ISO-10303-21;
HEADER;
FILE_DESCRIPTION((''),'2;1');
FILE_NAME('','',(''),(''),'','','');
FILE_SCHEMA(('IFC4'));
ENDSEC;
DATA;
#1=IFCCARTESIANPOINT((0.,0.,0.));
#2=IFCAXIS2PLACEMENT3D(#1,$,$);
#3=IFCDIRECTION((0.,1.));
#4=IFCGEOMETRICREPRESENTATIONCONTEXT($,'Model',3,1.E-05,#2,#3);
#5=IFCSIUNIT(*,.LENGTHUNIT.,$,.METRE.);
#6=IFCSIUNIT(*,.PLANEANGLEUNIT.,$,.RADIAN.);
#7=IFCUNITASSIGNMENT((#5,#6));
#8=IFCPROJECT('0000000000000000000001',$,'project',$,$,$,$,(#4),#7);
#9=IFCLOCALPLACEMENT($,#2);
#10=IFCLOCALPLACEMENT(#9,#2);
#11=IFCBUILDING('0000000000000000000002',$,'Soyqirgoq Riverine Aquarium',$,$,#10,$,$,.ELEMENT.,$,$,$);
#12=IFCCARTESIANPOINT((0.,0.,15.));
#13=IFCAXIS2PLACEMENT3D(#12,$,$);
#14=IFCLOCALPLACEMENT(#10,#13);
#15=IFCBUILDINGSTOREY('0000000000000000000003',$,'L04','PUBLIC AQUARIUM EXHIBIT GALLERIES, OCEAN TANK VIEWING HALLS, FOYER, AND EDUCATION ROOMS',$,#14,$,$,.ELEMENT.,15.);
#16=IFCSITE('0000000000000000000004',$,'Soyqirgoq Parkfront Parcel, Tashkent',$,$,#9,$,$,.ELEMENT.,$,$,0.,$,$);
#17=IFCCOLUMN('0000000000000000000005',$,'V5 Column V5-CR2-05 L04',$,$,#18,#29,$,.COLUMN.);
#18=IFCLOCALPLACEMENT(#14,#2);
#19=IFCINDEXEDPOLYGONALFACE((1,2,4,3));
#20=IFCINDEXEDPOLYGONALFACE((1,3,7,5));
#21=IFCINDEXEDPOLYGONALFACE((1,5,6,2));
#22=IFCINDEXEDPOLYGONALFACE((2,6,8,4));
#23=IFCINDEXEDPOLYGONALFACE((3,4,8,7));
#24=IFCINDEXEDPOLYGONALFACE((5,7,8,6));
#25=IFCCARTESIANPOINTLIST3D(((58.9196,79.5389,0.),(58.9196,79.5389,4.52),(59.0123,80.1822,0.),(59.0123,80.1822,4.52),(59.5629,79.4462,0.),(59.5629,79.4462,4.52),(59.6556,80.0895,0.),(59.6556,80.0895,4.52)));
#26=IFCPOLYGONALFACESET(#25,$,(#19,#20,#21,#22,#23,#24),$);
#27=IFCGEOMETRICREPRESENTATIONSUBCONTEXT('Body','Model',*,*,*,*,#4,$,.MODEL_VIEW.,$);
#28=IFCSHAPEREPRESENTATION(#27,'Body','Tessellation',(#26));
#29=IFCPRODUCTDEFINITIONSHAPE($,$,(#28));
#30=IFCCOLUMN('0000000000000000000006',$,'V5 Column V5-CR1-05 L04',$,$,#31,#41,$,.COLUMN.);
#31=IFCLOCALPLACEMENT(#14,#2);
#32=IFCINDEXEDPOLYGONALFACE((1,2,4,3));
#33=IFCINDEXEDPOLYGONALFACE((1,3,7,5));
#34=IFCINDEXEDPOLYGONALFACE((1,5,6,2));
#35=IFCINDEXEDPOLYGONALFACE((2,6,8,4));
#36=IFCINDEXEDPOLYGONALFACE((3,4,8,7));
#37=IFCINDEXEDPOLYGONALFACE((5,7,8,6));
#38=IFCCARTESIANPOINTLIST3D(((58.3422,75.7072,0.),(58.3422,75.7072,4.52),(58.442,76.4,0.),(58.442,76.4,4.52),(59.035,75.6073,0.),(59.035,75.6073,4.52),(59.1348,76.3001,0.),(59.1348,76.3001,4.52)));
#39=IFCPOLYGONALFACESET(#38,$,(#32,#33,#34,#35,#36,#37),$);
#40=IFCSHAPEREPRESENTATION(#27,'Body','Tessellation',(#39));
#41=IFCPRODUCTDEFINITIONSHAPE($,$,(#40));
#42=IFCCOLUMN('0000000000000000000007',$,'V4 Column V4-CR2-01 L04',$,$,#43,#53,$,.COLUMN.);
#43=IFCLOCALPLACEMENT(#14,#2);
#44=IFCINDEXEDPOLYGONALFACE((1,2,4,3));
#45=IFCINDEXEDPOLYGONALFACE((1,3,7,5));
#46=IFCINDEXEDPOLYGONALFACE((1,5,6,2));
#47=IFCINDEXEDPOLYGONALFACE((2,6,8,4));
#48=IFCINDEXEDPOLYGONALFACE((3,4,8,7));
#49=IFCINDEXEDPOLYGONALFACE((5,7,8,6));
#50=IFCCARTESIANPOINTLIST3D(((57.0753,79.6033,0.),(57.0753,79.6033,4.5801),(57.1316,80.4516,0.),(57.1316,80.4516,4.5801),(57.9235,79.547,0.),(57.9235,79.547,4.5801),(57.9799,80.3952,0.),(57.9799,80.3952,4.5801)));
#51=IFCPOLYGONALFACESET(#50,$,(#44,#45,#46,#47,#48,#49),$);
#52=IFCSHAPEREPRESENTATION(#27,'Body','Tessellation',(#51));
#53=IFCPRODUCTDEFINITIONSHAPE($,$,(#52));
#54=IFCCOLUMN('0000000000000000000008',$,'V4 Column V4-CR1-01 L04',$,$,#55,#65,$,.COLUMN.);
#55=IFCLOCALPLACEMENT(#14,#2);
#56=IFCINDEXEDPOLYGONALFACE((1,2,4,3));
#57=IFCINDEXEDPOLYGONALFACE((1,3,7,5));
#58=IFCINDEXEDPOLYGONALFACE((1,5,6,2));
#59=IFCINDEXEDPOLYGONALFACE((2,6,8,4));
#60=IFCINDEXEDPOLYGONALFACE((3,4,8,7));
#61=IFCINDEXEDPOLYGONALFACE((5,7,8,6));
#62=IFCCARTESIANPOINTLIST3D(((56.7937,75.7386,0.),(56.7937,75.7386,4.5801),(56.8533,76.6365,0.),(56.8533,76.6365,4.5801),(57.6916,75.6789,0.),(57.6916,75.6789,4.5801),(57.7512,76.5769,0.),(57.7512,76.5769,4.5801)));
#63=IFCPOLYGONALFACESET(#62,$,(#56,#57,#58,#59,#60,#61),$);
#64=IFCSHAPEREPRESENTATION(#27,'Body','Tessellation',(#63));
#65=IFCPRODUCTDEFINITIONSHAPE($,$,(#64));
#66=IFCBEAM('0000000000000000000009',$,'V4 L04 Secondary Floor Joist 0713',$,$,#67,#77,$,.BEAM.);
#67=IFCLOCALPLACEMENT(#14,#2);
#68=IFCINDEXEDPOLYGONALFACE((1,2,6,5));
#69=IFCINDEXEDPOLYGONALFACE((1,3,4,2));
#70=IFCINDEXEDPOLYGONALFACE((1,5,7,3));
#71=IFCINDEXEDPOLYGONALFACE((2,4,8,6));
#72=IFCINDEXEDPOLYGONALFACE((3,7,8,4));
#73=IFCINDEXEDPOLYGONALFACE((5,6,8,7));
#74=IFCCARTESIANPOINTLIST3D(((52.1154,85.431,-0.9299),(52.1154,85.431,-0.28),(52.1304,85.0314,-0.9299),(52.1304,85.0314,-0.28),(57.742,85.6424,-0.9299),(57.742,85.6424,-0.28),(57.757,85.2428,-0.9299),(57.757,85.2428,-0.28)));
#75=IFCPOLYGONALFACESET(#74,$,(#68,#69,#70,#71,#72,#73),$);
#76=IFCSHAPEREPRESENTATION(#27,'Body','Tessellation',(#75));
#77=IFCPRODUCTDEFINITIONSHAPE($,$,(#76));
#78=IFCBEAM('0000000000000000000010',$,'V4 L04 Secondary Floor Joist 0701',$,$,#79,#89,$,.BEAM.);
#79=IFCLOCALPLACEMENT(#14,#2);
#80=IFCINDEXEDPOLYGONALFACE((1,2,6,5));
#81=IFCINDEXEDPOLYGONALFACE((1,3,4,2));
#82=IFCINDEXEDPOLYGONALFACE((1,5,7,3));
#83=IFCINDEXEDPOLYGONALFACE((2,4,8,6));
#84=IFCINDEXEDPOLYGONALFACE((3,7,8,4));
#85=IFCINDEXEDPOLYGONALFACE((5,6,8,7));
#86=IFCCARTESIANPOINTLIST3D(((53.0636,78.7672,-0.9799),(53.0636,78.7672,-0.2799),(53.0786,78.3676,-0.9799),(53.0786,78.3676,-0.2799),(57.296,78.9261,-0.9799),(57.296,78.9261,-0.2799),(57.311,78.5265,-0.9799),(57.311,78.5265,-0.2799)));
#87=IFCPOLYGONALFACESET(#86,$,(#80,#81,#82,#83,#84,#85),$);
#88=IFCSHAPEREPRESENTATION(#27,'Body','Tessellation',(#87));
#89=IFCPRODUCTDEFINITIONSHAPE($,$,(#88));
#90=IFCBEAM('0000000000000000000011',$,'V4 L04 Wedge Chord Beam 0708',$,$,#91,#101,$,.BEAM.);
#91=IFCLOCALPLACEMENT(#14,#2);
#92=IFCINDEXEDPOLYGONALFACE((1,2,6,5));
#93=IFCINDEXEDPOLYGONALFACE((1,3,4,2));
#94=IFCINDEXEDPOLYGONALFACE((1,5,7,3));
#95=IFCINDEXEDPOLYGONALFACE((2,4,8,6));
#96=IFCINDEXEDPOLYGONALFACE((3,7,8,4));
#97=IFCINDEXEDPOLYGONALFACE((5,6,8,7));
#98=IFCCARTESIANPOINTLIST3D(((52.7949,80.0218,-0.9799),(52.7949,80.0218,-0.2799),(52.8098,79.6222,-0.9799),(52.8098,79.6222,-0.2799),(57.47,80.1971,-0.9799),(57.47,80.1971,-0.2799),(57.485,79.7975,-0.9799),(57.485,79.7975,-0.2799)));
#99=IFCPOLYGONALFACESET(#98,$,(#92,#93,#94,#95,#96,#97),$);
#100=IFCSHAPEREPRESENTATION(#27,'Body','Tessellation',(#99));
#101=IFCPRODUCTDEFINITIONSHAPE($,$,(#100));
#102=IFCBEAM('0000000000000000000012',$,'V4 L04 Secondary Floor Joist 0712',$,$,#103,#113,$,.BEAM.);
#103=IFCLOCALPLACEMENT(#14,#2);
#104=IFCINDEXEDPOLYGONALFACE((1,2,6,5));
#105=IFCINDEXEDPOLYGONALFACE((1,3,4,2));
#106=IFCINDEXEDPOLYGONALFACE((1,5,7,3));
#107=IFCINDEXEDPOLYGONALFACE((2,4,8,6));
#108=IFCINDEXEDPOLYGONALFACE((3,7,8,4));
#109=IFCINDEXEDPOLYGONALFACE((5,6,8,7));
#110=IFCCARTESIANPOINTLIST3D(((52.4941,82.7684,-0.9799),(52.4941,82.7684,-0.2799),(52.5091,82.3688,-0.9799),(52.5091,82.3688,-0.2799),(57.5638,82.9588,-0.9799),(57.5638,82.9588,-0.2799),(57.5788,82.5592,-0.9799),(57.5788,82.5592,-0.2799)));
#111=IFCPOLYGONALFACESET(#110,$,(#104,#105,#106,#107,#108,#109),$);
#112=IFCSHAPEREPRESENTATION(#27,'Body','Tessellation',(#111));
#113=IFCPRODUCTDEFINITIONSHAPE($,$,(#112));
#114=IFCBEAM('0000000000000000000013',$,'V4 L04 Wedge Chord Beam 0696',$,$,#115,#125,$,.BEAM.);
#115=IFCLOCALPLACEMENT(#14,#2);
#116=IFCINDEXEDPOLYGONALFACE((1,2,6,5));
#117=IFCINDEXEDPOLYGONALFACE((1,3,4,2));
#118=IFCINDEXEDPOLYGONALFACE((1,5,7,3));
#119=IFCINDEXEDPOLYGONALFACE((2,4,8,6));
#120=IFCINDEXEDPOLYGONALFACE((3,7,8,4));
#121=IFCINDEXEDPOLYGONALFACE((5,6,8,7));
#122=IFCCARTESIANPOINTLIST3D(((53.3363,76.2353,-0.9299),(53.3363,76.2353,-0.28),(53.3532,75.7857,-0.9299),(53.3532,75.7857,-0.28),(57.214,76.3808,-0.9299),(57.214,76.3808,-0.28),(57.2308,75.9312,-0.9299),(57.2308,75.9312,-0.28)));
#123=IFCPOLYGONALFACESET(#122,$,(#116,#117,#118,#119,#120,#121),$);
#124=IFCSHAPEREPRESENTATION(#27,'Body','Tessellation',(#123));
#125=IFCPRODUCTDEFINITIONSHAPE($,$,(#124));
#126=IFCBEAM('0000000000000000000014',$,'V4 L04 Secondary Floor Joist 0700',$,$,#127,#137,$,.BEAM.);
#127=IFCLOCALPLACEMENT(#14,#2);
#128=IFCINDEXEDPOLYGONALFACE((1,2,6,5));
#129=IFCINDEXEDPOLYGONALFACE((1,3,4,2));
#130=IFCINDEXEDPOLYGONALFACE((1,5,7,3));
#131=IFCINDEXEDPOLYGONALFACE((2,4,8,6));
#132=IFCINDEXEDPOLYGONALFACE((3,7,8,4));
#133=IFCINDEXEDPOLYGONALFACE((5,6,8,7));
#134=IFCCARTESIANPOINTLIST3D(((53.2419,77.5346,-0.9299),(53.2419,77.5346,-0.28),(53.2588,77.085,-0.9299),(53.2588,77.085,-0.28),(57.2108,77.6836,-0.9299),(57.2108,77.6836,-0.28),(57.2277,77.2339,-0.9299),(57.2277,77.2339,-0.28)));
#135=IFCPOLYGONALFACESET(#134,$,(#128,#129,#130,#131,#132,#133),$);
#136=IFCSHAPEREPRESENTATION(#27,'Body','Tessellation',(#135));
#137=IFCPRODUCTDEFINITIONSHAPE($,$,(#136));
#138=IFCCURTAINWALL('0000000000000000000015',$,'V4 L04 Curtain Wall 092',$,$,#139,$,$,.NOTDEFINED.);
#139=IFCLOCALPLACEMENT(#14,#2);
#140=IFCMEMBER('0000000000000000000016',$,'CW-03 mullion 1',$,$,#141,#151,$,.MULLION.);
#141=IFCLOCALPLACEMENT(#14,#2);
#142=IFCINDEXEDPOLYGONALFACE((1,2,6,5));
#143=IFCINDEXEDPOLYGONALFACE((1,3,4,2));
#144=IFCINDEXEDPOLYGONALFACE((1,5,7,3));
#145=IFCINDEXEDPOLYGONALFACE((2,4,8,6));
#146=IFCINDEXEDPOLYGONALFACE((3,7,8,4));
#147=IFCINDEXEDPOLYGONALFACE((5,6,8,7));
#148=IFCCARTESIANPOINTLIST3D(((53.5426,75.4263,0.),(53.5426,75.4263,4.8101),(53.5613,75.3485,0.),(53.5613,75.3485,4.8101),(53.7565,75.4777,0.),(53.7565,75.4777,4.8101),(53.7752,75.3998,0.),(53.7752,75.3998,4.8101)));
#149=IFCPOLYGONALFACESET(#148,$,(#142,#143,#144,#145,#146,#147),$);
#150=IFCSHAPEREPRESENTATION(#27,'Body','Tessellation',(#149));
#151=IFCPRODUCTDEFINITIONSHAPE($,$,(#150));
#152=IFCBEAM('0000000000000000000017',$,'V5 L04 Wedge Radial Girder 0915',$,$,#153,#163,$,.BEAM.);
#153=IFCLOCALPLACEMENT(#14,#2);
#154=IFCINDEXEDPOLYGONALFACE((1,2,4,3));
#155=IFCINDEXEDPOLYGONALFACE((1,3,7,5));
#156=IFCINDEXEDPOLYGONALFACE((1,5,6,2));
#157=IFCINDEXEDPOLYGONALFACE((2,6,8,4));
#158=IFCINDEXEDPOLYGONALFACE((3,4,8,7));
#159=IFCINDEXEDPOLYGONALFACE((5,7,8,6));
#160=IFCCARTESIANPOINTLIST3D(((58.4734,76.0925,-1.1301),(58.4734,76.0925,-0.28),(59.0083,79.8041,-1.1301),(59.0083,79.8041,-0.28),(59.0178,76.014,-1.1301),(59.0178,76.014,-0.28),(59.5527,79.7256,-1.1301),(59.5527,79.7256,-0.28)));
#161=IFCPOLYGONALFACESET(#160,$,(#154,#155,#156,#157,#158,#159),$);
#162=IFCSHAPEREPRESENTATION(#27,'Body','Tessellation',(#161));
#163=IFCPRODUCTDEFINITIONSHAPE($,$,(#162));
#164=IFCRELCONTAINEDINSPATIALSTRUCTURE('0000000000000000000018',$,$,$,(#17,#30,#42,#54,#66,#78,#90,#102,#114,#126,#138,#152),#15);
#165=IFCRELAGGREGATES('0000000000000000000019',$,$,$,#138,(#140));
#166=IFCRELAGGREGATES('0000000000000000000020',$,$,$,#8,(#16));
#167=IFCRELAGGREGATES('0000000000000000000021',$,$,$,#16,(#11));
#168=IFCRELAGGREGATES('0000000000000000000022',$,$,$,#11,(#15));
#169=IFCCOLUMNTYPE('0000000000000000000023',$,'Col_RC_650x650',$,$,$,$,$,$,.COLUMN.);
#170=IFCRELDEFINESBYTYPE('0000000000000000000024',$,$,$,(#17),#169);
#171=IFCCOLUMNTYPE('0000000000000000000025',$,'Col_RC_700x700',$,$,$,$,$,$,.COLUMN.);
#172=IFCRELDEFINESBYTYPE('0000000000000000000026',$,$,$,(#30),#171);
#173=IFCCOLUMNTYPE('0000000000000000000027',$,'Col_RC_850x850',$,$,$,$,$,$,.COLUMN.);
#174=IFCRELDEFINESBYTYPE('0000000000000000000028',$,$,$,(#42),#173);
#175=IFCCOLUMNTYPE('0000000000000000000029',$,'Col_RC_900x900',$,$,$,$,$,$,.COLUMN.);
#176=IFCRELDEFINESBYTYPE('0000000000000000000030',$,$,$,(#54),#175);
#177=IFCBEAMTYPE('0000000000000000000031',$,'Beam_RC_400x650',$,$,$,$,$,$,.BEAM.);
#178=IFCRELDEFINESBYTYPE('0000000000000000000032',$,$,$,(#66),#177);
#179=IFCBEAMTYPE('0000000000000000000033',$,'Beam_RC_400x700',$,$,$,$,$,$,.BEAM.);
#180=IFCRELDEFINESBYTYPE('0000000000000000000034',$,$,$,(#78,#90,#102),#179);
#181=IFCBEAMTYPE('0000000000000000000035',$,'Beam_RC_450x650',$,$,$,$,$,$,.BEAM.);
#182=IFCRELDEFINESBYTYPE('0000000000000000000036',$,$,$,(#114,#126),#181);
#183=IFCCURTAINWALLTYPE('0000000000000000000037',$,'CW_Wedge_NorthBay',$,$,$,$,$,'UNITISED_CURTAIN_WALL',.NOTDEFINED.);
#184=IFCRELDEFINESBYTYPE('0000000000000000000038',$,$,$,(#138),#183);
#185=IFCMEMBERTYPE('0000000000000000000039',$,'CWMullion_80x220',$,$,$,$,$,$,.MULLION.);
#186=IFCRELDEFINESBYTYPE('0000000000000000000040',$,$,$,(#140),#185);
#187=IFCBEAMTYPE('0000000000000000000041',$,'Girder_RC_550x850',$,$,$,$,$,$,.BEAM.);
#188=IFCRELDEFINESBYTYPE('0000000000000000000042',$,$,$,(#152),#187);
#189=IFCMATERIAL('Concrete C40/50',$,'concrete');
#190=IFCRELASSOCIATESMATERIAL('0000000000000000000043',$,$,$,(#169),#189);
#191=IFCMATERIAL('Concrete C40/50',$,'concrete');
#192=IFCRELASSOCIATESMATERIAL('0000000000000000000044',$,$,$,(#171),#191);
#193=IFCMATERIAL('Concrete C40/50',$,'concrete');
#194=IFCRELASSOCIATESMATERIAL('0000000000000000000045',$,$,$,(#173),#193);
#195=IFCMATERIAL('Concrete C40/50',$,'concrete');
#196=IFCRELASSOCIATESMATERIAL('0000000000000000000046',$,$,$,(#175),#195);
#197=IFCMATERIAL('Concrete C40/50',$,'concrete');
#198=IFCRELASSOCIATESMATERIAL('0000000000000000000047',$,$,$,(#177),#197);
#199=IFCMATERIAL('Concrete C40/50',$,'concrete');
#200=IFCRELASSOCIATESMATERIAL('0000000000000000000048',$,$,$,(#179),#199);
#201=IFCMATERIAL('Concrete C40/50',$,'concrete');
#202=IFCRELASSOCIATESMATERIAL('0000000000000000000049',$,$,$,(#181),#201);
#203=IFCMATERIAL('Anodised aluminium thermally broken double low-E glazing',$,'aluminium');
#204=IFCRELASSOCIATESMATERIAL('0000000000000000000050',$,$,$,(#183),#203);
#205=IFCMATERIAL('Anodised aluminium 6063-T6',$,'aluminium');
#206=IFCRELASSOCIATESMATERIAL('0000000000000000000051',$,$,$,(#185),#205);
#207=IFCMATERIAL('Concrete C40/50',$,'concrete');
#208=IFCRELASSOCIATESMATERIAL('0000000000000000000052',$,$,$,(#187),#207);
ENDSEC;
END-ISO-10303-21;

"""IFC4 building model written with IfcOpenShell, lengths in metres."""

from ifc_helpers import new_model, si_unit, direction, frame, origin, origin_2d, place, context, subcontext, project, spatial, rectangle, extrude, material, material_profile, profile_set, type_object, element, aggregate, save


model = new_model("IFC4")

# Units and contexts
model_context = context("Model", 3, precision=1e-05, world=origin(), true_north=direction((0.0, 1.0)))
body_context = subcontext(model_context, "Body", "Model", "MODEL_VIEW")
ifc_project = project(units=[si_unit("LENGTHUNIT", "METRE"), si_unit("PLANEANGLEUNIT", "RADIAN")], contexts=[model_context])

# Site, building, storey
site_placement = place(None, origin())
site = spatial("IfcSite", under=ifc_project, at=site_placement, Name="Soyqirgoq Parkfront Parcel, Tashkent", CompositionType="ELEMENT", RefElevation=0.0)
building_placement = place(site_placement, origin())
building = spatial("IfcBuilding", under=site, at=building_placement, Name="Soyqirgoq Riverine Aquarium", CompositionType="ELEMENT")
storey_placement = place(building_placement, frame((0.0, 0.0, 15.0)))
storey = spatial("IfcBuildingStorey", under=building, at=storey_placement, Name="L04", Description="PUBLIC AQUARIUM EXHIBIT GALLERIES, OCEAN TANK VIEWING HALLS, FOYER, AND EDUCATION ROOMS", CompositionType="ELEMENT", Elevation=15.0)

# Columns
ifc_material_1 = material(Name="Concrete C40/50", Category="concrete")
ifc_material_profile_1 = material_profile(ifc_material_1, rectangle(XDim=0.6499, YDim=0.6499, at=origin_2d()), Name="RC 650x650")
ifc_profile_set_1 = profile_set([ifc_material_profile_1], Name="Concrete C40/50")
column_type_1 = type_object("IfcColumnType", Name="Col_RC_650x650", PredefinedType="COLUMN", material=ifc_profile_set_1)
column_1_placement = place(storey_placement, frame((59.2876, 79.8142, 0.0), z_axis=(0.0, 0.0, 1.0), x_axis=(0.142629, 0.989776, 0.0)))
element("IfcColumn", 1, at=column_1_placement, inside=storey, type_object=column_type_1, Name="V5 Column V5-CR2-05 L04", PredefinedType="COLUMN", context=body_context, shape_type="SweptSolid", body=[
    extrude(rectangle(XDim=0.6499, YDim=0.6499, at=origin_2d()), origin(), (0.0, 0.0, 1.0), 4.52),
])
ifc_material_2 = material(Name="Concrete C40/50", Category="concrete")
ifc_material_profile_2 = material_profile(ifc_material_2, rectangle(XDim=0.7, YDim=0.7, at=origin_2d()), Name="RC 700x700")
ifc_profile_set_2 = profile_set([ifc_material_profile_2], Name="Concrete C40/50")
column_type_2 = type_object("IfcColumnType", Name="Col_RC_700x700", PredefinedType="COLUMN", material=ifc_profile_set_2)
column_2_placement = place(storey_placement, frame((58.7385, 76.0037, 0.0), z_axis=(0.0, 0.0, 1.0), x_axis=(0.142629, 0.989776, 0.0)))
element("IfcColumn", 2, at=column_2_placement, inside=storey, type_object=column_type_2, Name="V5 Column V5-CR1-05 L04", PredefinedType="COLUMN", context=body_context, shape_type="SweptSolid", body=[
    extrude(rectangle(XDim=0.7, YDim=0.7, at=origin_2d()), origin(), (0.0, 0.0, 1.0), 4.52),
])
ifc_material_3 = material(Name="Concrete C40/50", Category="concrete")
ifc_material_profile_3 = material_profile(ifc_material_3, rectangle(XDim=0.8501, YDim=0.8501, at=origin_2d()), Name="RC 850x850")
ifc_profile_set_3 = profile_set([ifc_material_profile_3], Name="Concrete C40/50")
column_type_3 = type_object("IfcColumnType", Name="Col_RC_850x850", PredefinedType="COLUMN", material=ifc_profile_set_3)
column_3_placement = place(storey_placement, frame((57.5276, 79.9993, 0.0), z_axis=(0.0, 0.0, 1.0), x_axis=(0.066274, 0.997801, 0.0)))
element("IfcColumn", 3, at=column_3_placement, inside=storey, type_object=column_type_3, Name="V4 Column V4-CR2-01 L04", PredefinedType="COLUMN", context=body_context, shape_type="SweptSolid", body=[
    extrude(rectangle(XDim=0.8501, YDim=0.8501, at=origin_2d()), origin(), (0.0, 0.0, 1.0), 4.5801),
])
ifc_material_4 = material(Name="Concrete C40/50", Category="concrete")
ifc_material_profile_4 = material_profile(ifc_material_4, rectangle(XDim=0.8999, YDim=0.8999, at=origin_2d()), Name="RC 900x900")
ifc_profile_set_4 = profile_set([ifc_material_profile_4], Name="Concrete C40/50")
column_type_4 = type_object("IfcColumnType", Name="Col_RC_900x900", PredefinedType="COLUMN", material=ifc_profile_set_4)
column_4_placement = place(storey_placement, frame((57.2725, 76.1577, 0.0), z_axis=(0.0, 0.0, 1.0), x_axis=(0.066274, 0.997801, 0.0)))
element("IfcColumn", 4, at=column_4_placement, inside=storey, type_object=column_type_4, Name="V4 Column V4-CR1-01 L04", PredefinedType="COLUMN", context=body_context, shape_type="SweptSolid", body=[
    extrude(rectangle(XDim=0.8999, YDim=0.8999, at=origin_2d()), origin(), (0.0, 0.0, 1.0), 4.5801),
])

# Beams
ifc_material_5 = material(Name="Concrete C40/50", Category="concrete")
ifc_material_profile_5 = material_profile(ifc_material_5, rectangle(XDim=0.3999, YDim=0.6499, at=origin_2d()), Name="RC 400x650")
ifc_profile_set_5 = profile_set([ifc_material_profile_5], Name="Concrete C40/50")
beam_type_1 = type_object("IfcBeamType", Name="Beam_RC_400x650", PredefinedType="BEAM", material=ifc_profile_set_5)
beam_1_placement = place(storey_placement, frame((57.7495, 85.4426, -0.605), z_axis=(-0.999295, -0.037549, 0.0), x_axis=(0.037549, -0.999295, 0.0)))
element("IfcBeam", 5, at=beam_1_placement, inside=storey, type_object=beam_type_1, Name="V4 L04 Secondary Floor Joist 0713", PredefinedType="BEAM", context=body_context, shape_type="SweptSolid", body=[
    extrude(rectangle(XDim=0.3999, YDim=0.6499, at=origin_2d()), origin(), (0.0, 0.0, 1.0), 5.6306),
])
ifc_material_6 = material(Name="Concrete C40/50", Category="concrete")
ifc_material_profile_6 = material_profile(ifc_material_6, rectangle(XDim=0.3999, YDim=0.7, at=origin_2d()), Name="RC 400x700")
ifc_profile_set_6 = profile_set([ifc_material_profile_6], Name="Concrete C40/50")
beam_type_2 = type_object("IfcBeamType", Name="Beam_RC_400x700", PredefinedType="BEAM", material=ifc_profile_set_6)
beam_2_placement = place(storey_placement, frame((57.3035, 78.7263, -0.6299), z_axis=(-0.999296, -0.037525, 0.0), x_axis=(0.037525, -0.999296, 0.0)))
element("IfcBeam", 6, at=beam_2_placement, inside=storey, type_object=beam_type_2, Name="V4 L04 Secondary Floor Joist 0701", PredefinedType="BEAM", context=body_context, shape_type="SweptSolid", body=[
    extrude(rectangle(XDim=0.3999, YDim=0.7, at=origin_2d()), origin(), (0.0, 0.0, 1.0), 4.2354),
])
beam_3_placement = place(storey_placement, frame((57.4775, 79.9973, -0.6299), z_axis=(-0.999298, -0.037467, 0.0), x_axis=(0.037467, -0.999298, 0.0)))
element("IfcBeam", 7, at=beam_3_placement, inside=storey, type_object=beam_type_2, Name="V4 L04 Wedge Chord Beam 0708", PredefinedType="BEAM", context=body_context, shape_type="SweptSolid", body=[
    extrude(rectangle(XDim=0.3999, YDim=0.7, at=origin_2d()), origin(), (0.0, 0.0, 1.0), 4.6785),
])
beam_4_placement = place(storey_placement, frame((57.5713, 82.759, -0.6299), z_axis=(-0.999295, -0.037537, 0.0), x_axis=(0.037537, -0.999295, 0.0)))
element("IfcBeam", 8, at=beam_4_placement, inside=storey, type_object=beam_type_2, Name="V4 L04 Secondary Floor Joist 0712", PredefinedType="BEAM", context=body_context, shape_type="SweptSolid", body=[
    extrude(rectangle(XDim=0.3999, YDim=0.7, at=origin_2d()), origin(), (0.0, 0.0, 1.0), 5.0732),
])
ifc_material_7 = material(Name="Concrete C40/50", Category="concrete")
ifc_material_profile_7 = material_profile(ifc_material_7, rectangle(XDim=0.45, YDim=0.6499, at=origin_2d()), Name="RC 450x650")
ifc_profile_set_7 = profile_set([ifc_material_profile_7], Name="Concrete C40/50")
beam_type_3 = type_object("IfcBeamType", Name="Beam_RC_450x650", PredefinedType="BEAM", material=ifc_profile_set_7)
beam_5_placement = place(storey_placement, frame((57.2224, 76.156, -0.605), z_axis=(-0.999297, -0.037498, 0.0), x_axis=(0.037498, -0.999297, 0.0)))
element("IfcBeam", 9, at=beam_5_placement, inside=storey, type_object=beam_type_3, Name="V4 L04 Wedge Chord Beam 0696", PredefinedType="BEAM", context=body_context, shape_type="SweptSolid", body=[
    extrude(rectangle(XDim=0.45, YDim=0.6499, at=origin_2d()), origin(), (0.0, 0.0, 1.0), 3.8804),
])
beam_6_placement = place(storey_placement, frame((57.2192, 77.4587, -0.605), z_axis=(-0.999297, -0.037496, 0.0), x_axis=(0.037496, -0.999297, 0.0)))
element("IfcBeam", 10, at=beam_6_placement, inside=storey, type_object=beam_type_3, Name="V4 L04 Secondary Floor Joist 0700", PredefinedType="BEAM", context=body_context, shape_type="SweptSolid", body=[
    extrude(rectangle(XDim=0.45, YDim=0.6499, at=origin_2d()), origin(), (0.0, 0.0, 1.0), 3.9717),
])

# Curtain wall, member
ifc_material_8 = material(Name="Anodised aluminium thermally broken double low-E glazing", Category="aluminium")
curtain_wall_type = type_object("IfcCurtainWallType", Name="CW_Wedge_NorthBay", ElementType="UNITISED_CURTAIN_WALL", PredefinedType="NOTDEFINED", material=ifc_material_8)
curtain_wall_placement = place(storey_placement, origin())
curtain_wall = element("IfcCurtainWall", 11, at=curtain_wall_placement, inside=storey, type_object=curtain_wall_type, Name="V4 L04 Curtain Wall 092", PredefinedType="NOTDEFINED")
ifc_material_9 = material(Name="Anodised aluminium 6063-T6", Category="aluminium")
ifc_material_profile_8 = material_profile(ifc_material_9, rectangle(XDim=0.0801, YDim=0.22, at=origin_2d()), Name="ALU-M 80x220")
ifc_profile_set_8 = profile_set([ifc_material_profile_8], Name="Anodised aluminium 6063-T6")
member_type = type_object("IfcMemberType", Name="CWMullion_80x220", PredefinedType="MULLION", material=ifc_profile_set_8)
member_placement = place(storey_placement, frame((53.6589, 75.4131, 0.0), z_axis=(0.0, 0.0, 1.0), x_axis=(0.233443, -0.972371, 0.0)))
member = element("IfcMember", 12, at=member_placement, type_object=member_type, Name="CW-03 mullion 1", PredefinedType="MULLION", context=body_context, shape_type="SweptSolid", body=[
    extrude(rectangle(XDim=0.0801, YDim=0.22, at=origin_2d()), origin(), (0.0, 0.0, 1.0), 4.8101),
])
aggregate(curtain_wall, [member])

# Beam
ifc_material_10 = material(Name="Concrete C40/50", Category="concrete")
ifc_material_profile_9 = material_profile(ifc_material_10, rectangle(XDim=0.55, YDim=0.8501, at=origin_2d()), Name="RC 550x850")
ifc_profile_set_9 = profile_set([ifc_material_profile_9], Name="Concrete C40/50")
beam_type_4 = type_object("IfcBeamType", Name="Girder_RC_550x850", PredefinedType="BEAM", material=ifc_profile_set_9)
beam_7_placement = place(storey_placement, frame((58.7456, 76.0532, -0.7051), z_axis=(0.142643, 0.989774, 0.0), x_axis=(-0.989774, 0.142643, 0.0)))
element("IfcBeam", 13, at=beam_7_placement, inside=storey, type_object=beam_type_4, Name="V5 L04 Wedge Radial Girder 0915", PredefinedType="BEAM", context=body_context, shape_type="SweptSolid", body=[
    extrude(rectangle(XDim=0.55, YDim=0.8501, at=origin_2d()), origin(), (0.0, 0.0, 1.0), 3.75),
])

save(model, "model.ifc")
